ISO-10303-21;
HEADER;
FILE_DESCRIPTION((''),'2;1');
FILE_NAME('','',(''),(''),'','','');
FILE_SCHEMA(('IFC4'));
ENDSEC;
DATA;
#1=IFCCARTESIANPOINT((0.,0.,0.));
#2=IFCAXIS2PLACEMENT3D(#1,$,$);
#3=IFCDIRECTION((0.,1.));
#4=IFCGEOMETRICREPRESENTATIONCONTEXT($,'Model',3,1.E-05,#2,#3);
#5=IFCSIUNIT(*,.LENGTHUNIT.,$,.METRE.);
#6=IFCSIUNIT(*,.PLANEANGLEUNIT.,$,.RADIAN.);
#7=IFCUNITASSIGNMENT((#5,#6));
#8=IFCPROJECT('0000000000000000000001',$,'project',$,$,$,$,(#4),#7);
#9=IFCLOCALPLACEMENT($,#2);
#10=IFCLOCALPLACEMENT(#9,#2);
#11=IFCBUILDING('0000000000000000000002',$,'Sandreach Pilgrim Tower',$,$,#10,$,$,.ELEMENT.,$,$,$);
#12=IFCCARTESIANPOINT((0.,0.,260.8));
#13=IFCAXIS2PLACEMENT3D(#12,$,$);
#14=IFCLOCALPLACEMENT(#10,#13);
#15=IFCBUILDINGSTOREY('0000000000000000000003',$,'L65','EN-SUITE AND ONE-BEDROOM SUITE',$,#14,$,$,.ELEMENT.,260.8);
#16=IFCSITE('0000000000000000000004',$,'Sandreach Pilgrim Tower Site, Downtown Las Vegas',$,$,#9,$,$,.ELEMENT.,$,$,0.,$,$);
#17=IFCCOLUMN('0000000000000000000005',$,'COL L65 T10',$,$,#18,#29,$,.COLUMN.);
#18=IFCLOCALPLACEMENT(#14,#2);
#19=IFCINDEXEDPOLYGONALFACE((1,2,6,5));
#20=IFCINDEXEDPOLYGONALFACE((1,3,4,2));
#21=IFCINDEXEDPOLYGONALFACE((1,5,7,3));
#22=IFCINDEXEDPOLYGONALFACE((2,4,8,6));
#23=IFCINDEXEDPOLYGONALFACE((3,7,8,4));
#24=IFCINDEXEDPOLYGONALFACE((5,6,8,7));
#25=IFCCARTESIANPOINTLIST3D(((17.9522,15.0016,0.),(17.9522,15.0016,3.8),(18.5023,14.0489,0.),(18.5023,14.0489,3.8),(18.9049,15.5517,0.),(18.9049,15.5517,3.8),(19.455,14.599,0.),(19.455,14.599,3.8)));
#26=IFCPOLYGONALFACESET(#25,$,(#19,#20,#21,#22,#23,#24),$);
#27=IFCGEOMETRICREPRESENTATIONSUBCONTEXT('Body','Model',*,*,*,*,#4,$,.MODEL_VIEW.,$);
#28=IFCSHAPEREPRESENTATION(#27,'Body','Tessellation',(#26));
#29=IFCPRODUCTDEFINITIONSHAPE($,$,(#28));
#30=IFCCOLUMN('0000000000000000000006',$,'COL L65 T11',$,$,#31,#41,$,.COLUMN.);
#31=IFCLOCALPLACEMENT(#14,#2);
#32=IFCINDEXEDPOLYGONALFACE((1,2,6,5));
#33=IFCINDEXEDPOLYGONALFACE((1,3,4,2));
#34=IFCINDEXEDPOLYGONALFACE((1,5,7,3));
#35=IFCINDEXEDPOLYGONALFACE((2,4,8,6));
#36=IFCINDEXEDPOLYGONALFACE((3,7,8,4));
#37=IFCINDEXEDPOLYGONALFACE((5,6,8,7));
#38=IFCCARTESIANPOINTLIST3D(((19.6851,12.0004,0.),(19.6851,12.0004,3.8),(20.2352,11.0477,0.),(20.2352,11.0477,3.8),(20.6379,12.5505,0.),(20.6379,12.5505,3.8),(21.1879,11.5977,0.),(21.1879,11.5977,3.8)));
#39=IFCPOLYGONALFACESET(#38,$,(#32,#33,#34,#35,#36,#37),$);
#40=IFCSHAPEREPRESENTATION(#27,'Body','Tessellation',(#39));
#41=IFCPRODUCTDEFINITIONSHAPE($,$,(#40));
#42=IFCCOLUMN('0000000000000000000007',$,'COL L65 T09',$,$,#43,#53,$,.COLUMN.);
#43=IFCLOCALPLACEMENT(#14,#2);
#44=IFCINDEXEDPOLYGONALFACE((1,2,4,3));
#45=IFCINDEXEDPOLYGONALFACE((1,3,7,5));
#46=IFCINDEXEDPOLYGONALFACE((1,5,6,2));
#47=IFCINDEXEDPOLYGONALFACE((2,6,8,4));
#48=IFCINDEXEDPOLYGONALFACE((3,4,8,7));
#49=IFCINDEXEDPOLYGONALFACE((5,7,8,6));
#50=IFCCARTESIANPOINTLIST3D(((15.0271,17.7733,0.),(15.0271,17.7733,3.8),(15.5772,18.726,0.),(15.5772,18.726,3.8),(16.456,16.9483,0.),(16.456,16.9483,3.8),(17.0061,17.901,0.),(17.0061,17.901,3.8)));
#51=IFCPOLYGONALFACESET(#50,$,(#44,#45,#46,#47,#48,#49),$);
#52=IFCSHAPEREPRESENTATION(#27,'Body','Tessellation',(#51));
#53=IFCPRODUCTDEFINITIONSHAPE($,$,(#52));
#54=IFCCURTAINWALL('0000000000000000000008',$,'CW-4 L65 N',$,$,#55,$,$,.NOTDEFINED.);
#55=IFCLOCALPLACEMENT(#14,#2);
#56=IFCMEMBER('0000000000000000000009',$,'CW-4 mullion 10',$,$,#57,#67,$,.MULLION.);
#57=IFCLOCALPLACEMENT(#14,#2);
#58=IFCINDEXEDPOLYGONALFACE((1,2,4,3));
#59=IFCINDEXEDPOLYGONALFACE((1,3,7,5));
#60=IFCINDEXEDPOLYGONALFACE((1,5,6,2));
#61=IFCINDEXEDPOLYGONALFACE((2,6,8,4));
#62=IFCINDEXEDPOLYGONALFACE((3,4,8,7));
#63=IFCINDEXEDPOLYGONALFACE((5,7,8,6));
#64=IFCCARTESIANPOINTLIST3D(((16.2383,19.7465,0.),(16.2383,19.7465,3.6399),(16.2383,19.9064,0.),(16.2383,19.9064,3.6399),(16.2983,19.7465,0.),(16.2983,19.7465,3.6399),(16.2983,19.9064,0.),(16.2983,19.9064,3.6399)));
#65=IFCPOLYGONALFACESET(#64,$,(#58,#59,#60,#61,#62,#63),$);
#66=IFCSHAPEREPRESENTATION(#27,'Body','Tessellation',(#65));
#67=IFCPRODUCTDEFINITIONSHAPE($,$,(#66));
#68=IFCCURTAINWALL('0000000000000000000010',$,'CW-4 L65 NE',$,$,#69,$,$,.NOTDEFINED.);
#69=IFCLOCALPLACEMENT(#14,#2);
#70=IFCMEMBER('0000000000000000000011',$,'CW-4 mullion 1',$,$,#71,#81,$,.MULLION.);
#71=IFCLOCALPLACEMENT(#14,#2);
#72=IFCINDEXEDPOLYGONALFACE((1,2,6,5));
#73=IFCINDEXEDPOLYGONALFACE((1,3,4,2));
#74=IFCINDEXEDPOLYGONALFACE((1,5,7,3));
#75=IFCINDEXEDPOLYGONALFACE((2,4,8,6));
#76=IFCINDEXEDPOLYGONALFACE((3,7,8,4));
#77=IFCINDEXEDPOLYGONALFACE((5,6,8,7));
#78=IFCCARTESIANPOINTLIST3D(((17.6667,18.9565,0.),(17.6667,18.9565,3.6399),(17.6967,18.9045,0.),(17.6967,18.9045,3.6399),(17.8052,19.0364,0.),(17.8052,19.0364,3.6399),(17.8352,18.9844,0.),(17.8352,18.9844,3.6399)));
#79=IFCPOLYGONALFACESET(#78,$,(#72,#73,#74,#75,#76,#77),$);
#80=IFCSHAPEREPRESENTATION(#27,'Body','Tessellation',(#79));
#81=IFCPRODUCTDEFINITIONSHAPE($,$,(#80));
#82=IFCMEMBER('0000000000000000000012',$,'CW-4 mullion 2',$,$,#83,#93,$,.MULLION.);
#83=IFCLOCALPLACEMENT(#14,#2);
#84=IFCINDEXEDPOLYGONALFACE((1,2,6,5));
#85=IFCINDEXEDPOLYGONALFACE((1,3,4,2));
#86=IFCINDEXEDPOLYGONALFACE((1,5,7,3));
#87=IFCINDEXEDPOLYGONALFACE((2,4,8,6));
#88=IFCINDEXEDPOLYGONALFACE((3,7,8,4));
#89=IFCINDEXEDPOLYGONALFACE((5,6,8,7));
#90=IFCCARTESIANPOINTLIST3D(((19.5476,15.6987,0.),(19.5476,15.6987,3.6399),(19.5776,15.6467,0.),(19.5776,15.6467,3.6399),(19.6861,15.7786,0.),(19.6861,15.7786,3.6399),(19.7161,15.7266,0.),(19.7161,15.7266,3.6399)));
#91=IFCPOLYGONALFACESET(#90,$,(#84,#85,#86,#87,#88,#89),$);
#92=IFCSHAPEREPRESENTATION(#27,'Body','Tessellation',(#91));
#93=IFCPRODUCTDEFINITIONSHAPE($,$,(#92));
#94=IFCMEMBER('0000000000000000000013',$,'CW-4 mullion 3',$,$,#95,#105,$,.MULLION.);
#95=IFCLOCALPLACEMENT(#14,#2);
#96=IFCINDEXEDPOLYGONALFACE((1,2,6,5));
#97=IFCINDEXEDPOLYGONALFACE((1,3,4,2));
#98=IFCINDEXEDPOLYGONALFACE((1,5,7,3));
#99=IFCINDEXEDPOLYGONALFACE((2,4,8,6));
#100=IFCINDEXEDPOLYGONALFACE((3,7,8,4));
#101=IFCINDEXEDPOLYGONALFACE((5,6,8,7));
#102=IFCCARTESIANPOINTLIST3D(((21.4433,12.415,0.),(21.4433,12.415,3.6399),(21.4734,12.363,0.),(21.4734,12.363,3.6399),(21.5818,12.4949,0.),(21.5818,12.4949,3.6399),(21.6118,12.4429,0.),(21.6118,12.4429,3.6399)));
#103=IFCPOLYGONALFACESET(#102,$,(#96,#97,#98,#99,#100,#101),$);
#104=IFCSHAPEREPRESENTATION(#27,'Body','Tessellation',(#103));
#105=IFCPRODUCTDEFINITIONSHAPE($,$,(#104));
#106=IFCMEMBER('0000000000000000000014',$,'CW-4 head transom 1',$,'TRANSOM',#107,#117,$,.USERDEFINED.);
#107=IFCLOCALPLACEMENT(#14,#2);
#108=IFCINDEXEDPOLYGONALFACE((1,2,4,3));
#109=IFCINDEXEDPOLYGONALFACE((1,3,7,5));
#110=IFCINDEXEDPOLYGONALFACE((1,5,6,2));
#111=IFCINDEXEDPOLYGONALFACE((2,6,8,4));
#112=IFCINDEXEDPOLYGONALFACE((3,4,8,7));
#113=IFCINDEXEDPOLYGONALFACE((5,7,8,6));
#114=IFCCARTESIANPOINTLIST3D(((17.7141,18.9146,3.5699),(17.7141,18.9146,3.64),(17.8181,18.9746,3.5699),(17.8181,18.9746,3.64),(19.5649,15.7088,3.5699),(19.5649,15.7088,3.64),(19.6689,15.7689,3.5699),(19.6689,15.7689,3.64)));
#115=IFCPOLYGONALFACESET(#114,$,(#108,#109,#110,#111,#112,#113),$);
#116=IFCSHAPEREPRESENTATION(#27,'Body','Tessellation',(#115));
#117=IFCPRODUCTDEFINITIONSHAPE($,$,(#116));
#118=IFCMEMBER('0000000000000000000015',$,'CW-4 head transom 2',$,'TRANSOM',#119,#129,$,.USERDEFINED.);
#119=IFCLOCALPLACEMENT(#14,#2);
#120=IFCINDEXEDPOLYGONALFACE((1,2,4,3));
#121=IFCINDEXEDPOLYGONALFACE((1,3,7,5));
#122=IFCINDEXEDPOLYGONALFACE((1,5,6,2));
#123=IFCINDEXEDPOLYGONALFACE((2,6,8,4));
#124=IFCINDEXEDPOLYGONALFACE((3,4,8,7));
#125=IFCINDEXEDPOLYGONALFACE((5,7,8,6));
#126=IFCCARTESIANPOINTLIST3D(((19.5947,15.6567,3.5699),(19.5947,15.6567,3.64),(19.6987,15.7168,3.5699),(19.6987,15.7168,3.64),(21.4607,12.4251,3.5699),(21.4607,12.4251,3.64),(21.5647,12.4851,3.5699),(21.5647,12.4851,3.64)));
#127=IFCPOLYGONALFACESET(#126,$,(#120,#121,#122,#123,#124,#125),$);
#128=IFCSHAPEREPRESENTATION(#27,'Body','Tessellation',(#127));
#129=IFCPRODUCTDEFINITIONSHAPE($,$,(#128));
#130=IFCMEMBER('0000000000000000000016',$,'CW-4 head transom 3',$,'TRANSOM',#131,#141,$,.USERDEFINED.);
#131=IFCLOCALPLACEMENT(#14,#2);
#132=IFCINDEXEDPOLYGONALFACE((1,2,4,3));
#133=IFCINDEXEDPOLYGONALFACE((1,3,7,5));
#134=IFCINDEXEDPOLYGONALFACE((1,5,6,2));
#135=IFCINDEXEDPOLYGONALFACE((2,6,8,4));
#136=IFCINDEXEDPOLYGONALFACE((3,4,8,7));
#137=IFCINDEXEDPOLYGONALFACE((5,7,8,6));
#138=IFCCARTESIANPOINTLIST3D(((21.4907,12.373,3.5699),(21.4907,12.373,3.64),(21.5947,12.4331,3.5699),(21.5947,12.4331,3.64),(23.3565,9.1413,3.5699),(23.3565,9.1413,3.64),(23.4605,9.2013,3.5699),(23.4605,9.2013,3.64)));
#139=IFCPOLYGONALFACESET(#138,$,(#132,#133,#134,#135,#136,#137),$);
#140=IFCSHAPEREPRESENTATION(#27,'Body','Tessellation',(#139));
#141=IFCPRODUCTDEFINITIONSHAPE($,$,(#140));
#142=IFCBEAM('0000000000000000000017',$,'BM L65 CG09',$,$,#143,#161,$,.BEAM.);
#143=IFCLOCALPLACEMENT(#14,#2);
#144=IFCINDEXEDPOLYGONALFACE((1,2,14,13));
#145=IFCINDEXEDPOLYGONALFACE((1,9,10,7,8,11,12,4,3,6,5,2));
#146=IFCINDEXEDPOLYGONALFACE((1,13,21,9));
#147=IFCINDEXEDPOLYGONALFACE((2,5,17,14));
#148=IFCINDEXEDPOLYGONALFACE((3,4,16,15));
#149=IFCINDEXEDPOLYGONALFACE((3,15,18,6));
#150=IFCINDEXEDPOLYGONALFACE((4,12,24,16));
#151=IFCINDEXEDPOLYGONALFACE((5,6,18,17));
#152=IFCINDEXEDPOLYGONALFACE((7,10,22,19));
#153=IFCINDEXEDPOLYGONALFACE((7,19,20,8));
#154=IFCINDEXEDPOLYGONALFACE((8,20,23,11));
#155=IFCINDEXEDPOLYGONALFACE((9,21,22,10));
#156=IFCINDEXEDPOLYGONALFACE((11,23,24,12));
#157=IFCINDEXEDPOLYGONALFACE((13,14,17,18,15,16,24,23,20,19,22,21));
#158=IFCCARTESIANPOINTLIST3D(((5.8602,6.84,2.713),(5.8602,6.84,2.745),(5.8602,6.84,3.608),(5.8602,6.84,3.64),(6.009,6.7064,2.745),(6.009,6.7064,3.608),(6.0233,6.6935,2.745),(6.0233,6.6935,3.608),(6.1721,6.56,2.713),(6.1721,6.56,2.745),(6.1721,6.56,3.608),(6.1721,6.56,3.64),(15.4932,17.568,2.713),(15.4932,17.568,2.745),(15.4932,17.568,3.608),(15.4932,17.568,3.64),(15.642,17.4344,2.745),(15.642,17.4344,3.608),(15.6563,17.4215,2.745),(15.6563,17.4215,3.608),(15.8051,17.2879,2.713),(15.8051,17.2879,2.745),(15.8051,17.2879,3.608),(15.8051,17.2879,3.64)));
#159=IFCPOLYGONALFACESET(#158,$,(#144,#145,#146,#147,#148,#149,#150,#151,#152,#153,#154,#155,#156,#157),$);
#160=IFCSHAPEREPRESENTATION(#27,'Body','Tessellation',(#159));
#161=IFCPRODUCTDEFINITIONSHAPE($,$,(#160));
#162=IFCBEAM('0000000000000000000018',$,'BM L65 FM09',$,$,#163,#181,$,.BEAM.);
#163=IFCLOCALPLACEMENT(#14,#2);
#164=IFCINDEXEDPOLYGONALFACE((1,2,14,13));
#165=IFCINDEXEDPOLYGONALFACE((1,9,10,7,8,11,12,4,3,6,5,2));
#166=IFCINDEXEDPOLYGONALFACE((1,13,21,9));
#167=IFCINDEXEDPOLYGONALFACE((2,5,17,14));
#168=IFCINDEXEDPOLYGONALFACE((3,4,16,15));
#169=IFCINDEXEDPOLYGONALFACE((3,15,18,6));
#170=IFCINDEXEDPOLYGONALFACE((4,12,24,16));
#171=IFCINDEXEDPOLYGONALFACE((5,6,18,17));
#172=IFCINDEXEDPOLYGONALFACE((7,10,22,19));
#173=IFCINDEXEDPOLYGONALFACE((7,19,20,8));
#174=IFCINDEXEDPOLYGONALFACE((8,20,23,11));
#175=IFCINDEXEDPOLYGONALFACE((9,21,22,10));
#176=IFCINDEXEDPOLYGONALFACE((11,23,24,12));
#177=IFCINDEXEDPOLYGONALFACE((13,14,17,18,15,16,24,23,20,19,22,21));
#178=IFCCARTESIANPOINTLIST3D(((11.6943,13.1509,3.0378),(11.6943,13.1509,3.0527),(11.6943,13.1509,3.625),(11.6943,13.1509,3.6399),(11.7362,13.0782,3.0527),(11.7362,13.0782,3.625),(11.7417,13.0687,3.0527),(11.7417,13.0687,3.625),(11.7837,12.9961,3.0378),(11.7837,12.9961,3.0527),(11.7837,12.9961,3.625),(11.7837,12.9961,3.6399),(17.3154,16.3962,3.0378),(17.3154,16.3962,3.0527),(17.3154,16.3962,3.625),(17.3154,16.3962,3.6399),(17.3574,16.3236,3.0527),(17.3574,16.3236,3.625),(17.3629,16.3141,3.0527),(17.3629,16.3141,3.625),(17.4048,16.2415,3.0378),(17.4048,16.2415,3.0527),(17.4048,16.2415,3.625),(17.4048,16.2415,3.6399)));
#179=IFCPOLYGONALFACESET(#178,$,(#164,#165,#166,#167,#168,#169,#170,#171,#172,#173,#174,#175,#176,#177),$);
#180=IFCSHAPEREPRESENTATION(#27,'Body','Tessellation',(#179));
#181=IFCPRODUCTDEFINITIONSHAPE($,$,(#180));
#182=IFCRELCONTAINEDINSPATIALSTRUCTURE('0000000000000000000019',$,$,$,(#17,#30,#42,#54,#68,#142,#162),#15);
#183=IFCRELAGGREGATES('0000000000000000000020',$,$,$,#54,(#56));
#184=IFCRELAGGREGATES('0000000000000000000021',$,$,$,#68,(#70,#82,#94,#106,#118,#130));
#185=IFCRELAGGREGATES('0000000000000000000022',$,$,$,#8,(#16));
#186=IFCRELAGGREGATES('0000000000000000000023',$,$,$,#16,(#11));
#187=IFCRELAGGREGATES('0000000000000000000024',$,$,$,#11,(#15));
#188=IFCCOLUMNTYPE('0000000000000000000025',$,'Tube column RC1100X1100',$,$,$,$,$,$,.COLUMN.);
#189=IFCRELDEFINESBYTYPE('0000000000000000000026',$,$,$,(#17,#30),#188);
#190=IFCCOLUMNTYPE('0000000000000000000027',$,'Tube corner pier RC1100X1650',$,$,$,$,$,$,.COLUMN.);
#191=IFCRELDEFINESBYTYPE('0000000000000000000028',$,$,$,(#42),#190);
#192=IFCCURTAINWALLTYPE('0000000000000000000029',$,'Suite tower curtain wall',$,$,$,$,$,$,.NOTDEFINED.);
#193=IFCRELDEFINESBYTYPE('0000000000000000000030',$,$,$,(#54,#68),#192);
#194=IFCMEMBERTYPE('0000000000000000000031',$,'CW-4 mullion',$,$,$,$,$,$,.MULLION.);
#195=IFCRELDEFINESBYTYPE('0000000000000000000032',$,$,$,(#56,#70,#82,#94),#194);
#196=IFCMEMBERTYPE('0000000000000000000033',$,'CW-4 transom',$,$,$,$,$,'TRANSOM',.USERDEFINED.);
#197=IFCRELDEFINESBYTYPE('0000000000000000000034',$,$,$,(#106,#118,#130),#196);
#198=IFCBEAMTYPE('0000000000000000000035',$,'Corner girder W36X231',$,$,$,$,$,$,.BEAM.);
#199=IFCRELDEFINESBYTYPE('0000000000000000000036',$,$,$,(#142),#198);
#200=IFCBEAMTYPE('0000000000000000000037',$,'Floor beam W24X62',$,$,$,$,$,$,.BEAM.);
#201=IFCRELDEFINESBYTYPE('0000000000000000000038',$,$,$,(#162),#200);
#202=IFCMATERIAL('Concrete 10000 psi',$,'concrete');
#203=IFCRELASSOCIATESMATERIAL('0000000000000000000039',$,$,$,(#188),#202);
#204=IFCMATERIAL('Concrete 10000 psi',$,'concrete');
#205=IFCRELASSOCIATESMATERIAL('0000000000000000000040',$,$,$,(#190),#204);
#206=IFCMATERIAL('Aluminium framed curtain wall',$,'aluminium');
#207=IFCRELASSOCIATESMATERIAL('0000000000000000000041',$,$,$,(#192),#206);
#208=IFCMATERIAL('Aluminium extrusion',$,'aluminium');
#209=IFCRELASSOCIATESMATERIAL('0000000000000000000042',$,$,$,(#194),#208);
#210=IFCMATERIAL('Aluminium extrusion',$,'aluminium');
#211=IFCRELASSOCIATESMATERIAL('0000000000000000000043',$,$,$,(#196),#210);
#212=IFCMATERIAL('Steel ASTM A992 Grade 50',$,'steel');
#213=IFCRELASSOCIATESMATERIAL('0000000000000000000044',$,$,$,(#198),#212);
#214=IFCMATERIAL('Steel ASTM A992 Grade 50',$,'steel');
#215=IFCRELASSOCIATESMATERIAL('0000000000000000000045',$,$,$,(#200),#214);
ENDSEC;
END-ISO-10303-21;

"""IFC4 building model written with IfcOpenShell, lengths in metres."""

from ifc_helpers import new_model, si_unit, direction, frame, origin, origin_2d, place, context, subcontext, project, spatial, rectangle, i_section, extrude, material, material_profile, profile_set, type_object, element, aggregate, save


model = new_model("IFC4")

# Units and contexts
model_context = context("Model", 3, precision=1e-05, world=origin(), true_north=direction((0.0, 1.0)))
body_context = subcontext(model_context, "Body", "Model", "MODEL_VIEW")
ifc_project = project(units=[si_unit("LENGTHUNIT", "METRE"), si_unit("PLANEANGLEUNIT", "RADIAN")], contexts=[model_context])

# Site, building, storey
site_placement = place(None, origin())
site = spatial("IfcSite", under=ifc_project, at=site_placement, Name="Sandreach Pilgrim Tower Site, Downtown Las Vegas", CompositionType="ELEMENT", RefElevation=0.0)
building_placement = place(site_placement, origin())
building = spatial("IfcBuilding", under=site, at=building_placement, Name="Sandreach Pilgrim Tower", CompositionType="ELEMENT")
storey_placement = place(building_placement, frame((0.0, 0.0, 260.8)))
storey = spatial("IfcBuildingStorey", under=building, at=storey_placement, Name="L65", Description="EN-SUITE AND ONE-BEDROOM SUITE", CompositionType="ELEMENT", Elevation=260.8)

# Columns
ifc_material_1 = material(Name="Concrete 10000 psi", Category="concrete")
ifc_material_profile_1 = material_profile(ifc_material_1, rectangle(XDim=1.1001, YDim=1.1001, at=origin_2d()), Name="RC1100X1100")
ifc_profile_set_1 = profile_set([ifc_material_profile_1], Name="Concrete 10000 psi")
column_type_1 = type_object("IfcColumnType", Name="Tube column RC1100X1100", PredefinedType="COLUMN", material=ifc_profile_set_1)
for number, where, z_axis, x_axis, name in (
    (1, (18.7036, 14.8003, 0.0), (0.0, 0.0, 1.0), (0.866025, 0.5, 0.0), "COL L65 T10"),
    (2, (20.4365, 11.7991, 0.0), (0.0, 0.0, 1.0), (0.866025, 0.5, 0.0), "COL L65 T11"),
):
    element("IfcColumn", number, at=place(storey_placement, frame(where, z_axis=z_axis, x_axis=x_axis)), inside=storey, type_object=column_type_1, Name=name, PredefinedType="COLUMN", context=body_context, shape_type="SweptSolid", body=[
        extrude(rectangle(XDim=1.1001, YDim=1.1001, at=origin_2d()), origin(), (0.0, 0.0, 1.0), 3.8),
    ])
ifc_material_2 = material(Name="Concrete 10000 psi", Category="concrete")
ifc_material_profile_2 = material_profile(ifc_material_2, rectangle(XDim=1.1001, YDim=1.6499, at=origin_2d()), Name="RC1100X1650")
ifc_profile_set_2 = profile_set([ifc_material_profile_2], Name="Concrete 10000 psi")
column_type_2 = type_object("IfcColumnType", Name="Tube corner pier RC1100X1650", PredefinedType="COLUMN", material=ifc_profile_set_2)
column_placement = place(storey_placement, frame((16.0166, 17.8372, 0.0), z_axis=(0.0, 0.0, 1.0), x_axis=(0.5, 0.866025, 0.0)))
element("IfcColumn", 3, at=column_placement, inside=storey, type_object=column_type_2, Name="COL L65 T09", PredefinedType="COLUMN", context=body_context, shape_type="SweptSolid", body=[
    extrude(rectangle(XDim=1.1001, YDim=1.6499, at=origin_2d()), origin(), (0.0, 0.0, 1.0), 3.8),
])

# Curtain wall, member
ifc_material_3 = material(Name="Aluminium framed curtain wall", Category="aluminium")
curtain_wall_type = type_object("IfcCurtainWallType", Name="Suite tower curtain wall", PredefinedType="NOTDEFINED", material=ifc_material_3)
curtain_wall_1_placement = place(storey_placement, origin())
curtain_wall_1 = element("IfcCurtainWall", 4, at=curtain_wall_1_placement, inside=storey, type_object=curtain_wall_type, Name="CW-4 L65 N", PredefinedType="NOTDEFINED")
ifc_material_4 = material(Name="Aluminium extrusion", Category="aluminium")
ifc_material_profile_3 = material_profile(ifc_material_4, rectangle(XDim=0.0601, YDim=0.1599, at=origin_2d()), Name="CW-4M 60X160")
ifc_profile_set_3 = profile_set([ifc_material_profile_3], Name="Aluminium extrusion")
member_type_1 = type_object("IfcMemberType", Name="CW-4 mullion", PredefinedType="MULLION", material=ifc_profile_set_3)
member_1_placement = place(storey_placement, frame((16.2683, 19.8264, 0.0), z_axis=(0.0, 0.0, 1.0), x_axis=(1.0, 0.0, 0.0)))
member_1 = element("IfcMember", 5, at=member_1_placement, type_object=member_type_1, Name="CW-4 mullion 10", PredefinedType="MULLION", context=body_context, shape_type="SweptSolid", body=[
    extrude(rectangle(XDim=0.0601, YDim=0.1599, at=origin_2d()), origin(), (0.0, 0.0, 1.0), 3.6399),
])
aggregate(curtain_wall_1, [member_1])

# Curtain wall, members
curtain_wall_2_placement = place(storey_placement, origin())
curtain_wall_2 = element("IfcCurtainWall", 6, at=curtain_wall_2_placement, inside=storey, type_object=curtain_wall_type, Name="CW-4 L65 NE", PredefinedType="NOTDEFINED")
member_2_placement = place(storey_placement, frame((17.751, 18.9705, 0.0), z_axis=(0.0, 0.0, 1.0), x_axis=(0.5, -0.866025, 0.0)))
member_2 = element("IfcMember", 7, at=member_2_placement, type_object=member_type_1, Name="CW-4 mullion 1", PredefinedType="MULLION", context=body_context, shape_type="SweptSolid", body=[
    extrude(rectangle(XDim=0.0601, YDim=0.1599, at=origin_2d()), origin(), (0.0, 0.0, 1.0), 3.6399),
])
member_3_placement = place(storey_placement, frame((19.6318, 15.7126, 0.0), z_axis=(0.0, 0.0, 1.0), x_axis=(0.5, -0.866025, 0.0)))
member_3 = element("IfcMember", 8, at=member_3_placement, type_object=member_type_1, Name="CW-4 mullion 2", PredefinedType="MULLION", context=body_context, shape_type="SweptSolid", body=[
    extrude(rectangle(XDim=0.0601, YDim=0.1599, at=origin_2d()), origin(), (0.0, 0.0, 1.0), 3.6399),
])
member_4_placement = place(storey_placement, frame((21.5276, 12.429, 0.0), z_axis=(0.0, 0.0, 1.0), x_axis=(0.5, -0.866025, 0.0)))
member_4 = element("IfcMember", 9, at=member_4_placement, type_object=member_type_1, Name="CW-4 mullion 3", PredefinedType="MULLION", context=body_context, shape_type="SweptSolid", body=[
    extrude(rectangle(XDim=0.0601, YDim=0.1599, at=origin_2d()), origin(), (0.0, 0.0, 1.0), 3.6399),
])
ifc_material_5 = material(Name="Aluminium extrusion", Category="aluminium")
ifc_material_profile_4 = material_profile(ifc_material_5, rectangle(XDim=0.1201, YDim=0.0701, at=origin_2d()), Name="CW-4T 120X70")
ifc_profile_set_4 = profile_set([ifc_material_profile_4], Name="Aluminium extrusion")
member_type_2 = type_object("IfcMemberType", Name="CW-4 transom", ElementType="TRANSOM", PredefinedType="USERDEFINED", material=ifc_profile_set_4)
member_5_placement = place(storey_placement, frame((17.7661, 18.9446, 3.605), z_axis=(0.499991, -0.866031, 0.0), x_axis=(0.866031, 0.499991, 0.0)))
member_5 = element("IfcMember", 10, at=member_5_placement, type_object=member_type_2, Name="CW-4 head transom 1", ObjectType="TRANSOM", PredefinedType="USERDEFINED", context=body_context, shape_type="SweptSolid", body=[
    extrude(rectangle(XDim=0.1201, YDim=0.0701, at=origin_2d()), origin(), (0.0, 0.0, 1.0), 3.7017),
])
member_6_placement = place(storey_placement, frame((19.6467, 15.6868, 3.605), z_axis=(0.50003, -0.866008, 0.0), x_axis=(0.866008, 0.50003, 0.0)))
member_6 = element("IfcMember", 11, at=member_6_placement, type_object=member_type_2, Name="CW-4 head transom 2", ObjectType="TRANSOM", PredefinedType="USERDEFINED", context=body_context, shape_type="SweptSolid", body=[
    extrude(rectangle(XDim=0.1201, YDim=0.0701, at=origin_2d()), origin(), (0.0, 0.0, 1.0), 3.7317),
])
member_7_placement = place(storey_placement, frame((21.5427, 12.4031, 3.605), z_axis=(0.499981, -0.866036, 0.0), x_axis=(0.866036, 0.499981, 0.0)))
member_7 = element("IfcMember", 12, at=member_7_placement, type_object=member_type_2, Name="CW-4 head transom 3", ObjectType="TRANSOM", PredefinedType="USERDEFINED", context=body_context, shape_type="SweptSolid", body=[
    extrude(rectangle(XDim=0.1201, YDim=0.0701, at=origin_2d()), origin(), (0.0, 0.0, 1.0), 3.7317),
])

# Beams
ifc_material_6 = material(Name="Steel ASTM A992 Grade 50", Category="steel")
ifc_material_profile_5 = material_profile(ifc_material_6, i_section(OverallWidth=0.4192, OverallDepth=0.927, WebThickness=0.0193, FlangeThickness=0.032, at=origin_2d()), Name="W36X231")
ifc_profile_set_5 = profile_set([ifc_material_profile_5], Name="Steel ASTM A992 Grade 50")
beam_type_1 = type_object("IfcBeamType", Name="Corner girder W36X231", PredefinedType="BEAM", material=ifc_profile_set_5)
beam_1_placement = place(storey_placement, frame((15.6492, 17.428, 3.1765), z_axis=(-0.668115, -0.744058, 0.0), x_axis=(0.744058, -0.668115, 0.0)))
element("IfcBeam", 13, at=beam_1_placement, inside=storey, type_object=beam_type_1, Name="BM L65 CG09", PredefinedType="BEAM", context=body_context, shape_type="SweptSolid", body=[
    extrude(i_section(OverallWidth=0.4192, OverallDepth=0.927, WebThickness=0.0193, FlangeThickness=0.032, at=origin_2d()), origin(), (0.0, 0.0, 1.0), 14.4182),
])
ifc_material_7 = material(Name="Steel ASTM A992 Grade 50", Category="steel")
ifc_material_profile_6 = material_profile(ifc_material_7, i_section(OverallWidth=0.1787, OverallDepth=0.6021, WebThickness=0.011, FlangeThickness=0.0149, at=origin_2d()), Name="W24X62")
ifc_profile_set_6 = profile_set([ifc_material_profile_6], Name="Steel ASTM A992 Grade 50")
beam_type_2 = type_object("IfcBeamType", Name="Floor beam W24X62", PredefinedType="BEAM", material=ifc_profile_set_6)
beam_2_placement = place(storey_placement, frame((17.3601, 16.3188, 3.3389), z_axis=(-0.866024, -0.500002, 0.0), x_axis=(0.500002, -0.866024, 0.0)))
element("IfcBeam", 14, at=beam_2_placement, inside=storey, type_object=beam_type_2, Name="BM L65 FM09", PredefinedType="BEAM", context=body_context, shape_type="SweptSolid", body=[
    extrude(i_section(OverallWidth=0.1787, OverallDepth=0.6021, WebThickness=0.011, FlangeThickness=0.0149, at=origin_2d()), origin(), (0.0, 0.0, 1.0), 6.4907),
])

aggregate(curtain_wall_2, [member_2, member_3, member_4, member_5, member_6, member_7])

save(model, "model.ifc")
